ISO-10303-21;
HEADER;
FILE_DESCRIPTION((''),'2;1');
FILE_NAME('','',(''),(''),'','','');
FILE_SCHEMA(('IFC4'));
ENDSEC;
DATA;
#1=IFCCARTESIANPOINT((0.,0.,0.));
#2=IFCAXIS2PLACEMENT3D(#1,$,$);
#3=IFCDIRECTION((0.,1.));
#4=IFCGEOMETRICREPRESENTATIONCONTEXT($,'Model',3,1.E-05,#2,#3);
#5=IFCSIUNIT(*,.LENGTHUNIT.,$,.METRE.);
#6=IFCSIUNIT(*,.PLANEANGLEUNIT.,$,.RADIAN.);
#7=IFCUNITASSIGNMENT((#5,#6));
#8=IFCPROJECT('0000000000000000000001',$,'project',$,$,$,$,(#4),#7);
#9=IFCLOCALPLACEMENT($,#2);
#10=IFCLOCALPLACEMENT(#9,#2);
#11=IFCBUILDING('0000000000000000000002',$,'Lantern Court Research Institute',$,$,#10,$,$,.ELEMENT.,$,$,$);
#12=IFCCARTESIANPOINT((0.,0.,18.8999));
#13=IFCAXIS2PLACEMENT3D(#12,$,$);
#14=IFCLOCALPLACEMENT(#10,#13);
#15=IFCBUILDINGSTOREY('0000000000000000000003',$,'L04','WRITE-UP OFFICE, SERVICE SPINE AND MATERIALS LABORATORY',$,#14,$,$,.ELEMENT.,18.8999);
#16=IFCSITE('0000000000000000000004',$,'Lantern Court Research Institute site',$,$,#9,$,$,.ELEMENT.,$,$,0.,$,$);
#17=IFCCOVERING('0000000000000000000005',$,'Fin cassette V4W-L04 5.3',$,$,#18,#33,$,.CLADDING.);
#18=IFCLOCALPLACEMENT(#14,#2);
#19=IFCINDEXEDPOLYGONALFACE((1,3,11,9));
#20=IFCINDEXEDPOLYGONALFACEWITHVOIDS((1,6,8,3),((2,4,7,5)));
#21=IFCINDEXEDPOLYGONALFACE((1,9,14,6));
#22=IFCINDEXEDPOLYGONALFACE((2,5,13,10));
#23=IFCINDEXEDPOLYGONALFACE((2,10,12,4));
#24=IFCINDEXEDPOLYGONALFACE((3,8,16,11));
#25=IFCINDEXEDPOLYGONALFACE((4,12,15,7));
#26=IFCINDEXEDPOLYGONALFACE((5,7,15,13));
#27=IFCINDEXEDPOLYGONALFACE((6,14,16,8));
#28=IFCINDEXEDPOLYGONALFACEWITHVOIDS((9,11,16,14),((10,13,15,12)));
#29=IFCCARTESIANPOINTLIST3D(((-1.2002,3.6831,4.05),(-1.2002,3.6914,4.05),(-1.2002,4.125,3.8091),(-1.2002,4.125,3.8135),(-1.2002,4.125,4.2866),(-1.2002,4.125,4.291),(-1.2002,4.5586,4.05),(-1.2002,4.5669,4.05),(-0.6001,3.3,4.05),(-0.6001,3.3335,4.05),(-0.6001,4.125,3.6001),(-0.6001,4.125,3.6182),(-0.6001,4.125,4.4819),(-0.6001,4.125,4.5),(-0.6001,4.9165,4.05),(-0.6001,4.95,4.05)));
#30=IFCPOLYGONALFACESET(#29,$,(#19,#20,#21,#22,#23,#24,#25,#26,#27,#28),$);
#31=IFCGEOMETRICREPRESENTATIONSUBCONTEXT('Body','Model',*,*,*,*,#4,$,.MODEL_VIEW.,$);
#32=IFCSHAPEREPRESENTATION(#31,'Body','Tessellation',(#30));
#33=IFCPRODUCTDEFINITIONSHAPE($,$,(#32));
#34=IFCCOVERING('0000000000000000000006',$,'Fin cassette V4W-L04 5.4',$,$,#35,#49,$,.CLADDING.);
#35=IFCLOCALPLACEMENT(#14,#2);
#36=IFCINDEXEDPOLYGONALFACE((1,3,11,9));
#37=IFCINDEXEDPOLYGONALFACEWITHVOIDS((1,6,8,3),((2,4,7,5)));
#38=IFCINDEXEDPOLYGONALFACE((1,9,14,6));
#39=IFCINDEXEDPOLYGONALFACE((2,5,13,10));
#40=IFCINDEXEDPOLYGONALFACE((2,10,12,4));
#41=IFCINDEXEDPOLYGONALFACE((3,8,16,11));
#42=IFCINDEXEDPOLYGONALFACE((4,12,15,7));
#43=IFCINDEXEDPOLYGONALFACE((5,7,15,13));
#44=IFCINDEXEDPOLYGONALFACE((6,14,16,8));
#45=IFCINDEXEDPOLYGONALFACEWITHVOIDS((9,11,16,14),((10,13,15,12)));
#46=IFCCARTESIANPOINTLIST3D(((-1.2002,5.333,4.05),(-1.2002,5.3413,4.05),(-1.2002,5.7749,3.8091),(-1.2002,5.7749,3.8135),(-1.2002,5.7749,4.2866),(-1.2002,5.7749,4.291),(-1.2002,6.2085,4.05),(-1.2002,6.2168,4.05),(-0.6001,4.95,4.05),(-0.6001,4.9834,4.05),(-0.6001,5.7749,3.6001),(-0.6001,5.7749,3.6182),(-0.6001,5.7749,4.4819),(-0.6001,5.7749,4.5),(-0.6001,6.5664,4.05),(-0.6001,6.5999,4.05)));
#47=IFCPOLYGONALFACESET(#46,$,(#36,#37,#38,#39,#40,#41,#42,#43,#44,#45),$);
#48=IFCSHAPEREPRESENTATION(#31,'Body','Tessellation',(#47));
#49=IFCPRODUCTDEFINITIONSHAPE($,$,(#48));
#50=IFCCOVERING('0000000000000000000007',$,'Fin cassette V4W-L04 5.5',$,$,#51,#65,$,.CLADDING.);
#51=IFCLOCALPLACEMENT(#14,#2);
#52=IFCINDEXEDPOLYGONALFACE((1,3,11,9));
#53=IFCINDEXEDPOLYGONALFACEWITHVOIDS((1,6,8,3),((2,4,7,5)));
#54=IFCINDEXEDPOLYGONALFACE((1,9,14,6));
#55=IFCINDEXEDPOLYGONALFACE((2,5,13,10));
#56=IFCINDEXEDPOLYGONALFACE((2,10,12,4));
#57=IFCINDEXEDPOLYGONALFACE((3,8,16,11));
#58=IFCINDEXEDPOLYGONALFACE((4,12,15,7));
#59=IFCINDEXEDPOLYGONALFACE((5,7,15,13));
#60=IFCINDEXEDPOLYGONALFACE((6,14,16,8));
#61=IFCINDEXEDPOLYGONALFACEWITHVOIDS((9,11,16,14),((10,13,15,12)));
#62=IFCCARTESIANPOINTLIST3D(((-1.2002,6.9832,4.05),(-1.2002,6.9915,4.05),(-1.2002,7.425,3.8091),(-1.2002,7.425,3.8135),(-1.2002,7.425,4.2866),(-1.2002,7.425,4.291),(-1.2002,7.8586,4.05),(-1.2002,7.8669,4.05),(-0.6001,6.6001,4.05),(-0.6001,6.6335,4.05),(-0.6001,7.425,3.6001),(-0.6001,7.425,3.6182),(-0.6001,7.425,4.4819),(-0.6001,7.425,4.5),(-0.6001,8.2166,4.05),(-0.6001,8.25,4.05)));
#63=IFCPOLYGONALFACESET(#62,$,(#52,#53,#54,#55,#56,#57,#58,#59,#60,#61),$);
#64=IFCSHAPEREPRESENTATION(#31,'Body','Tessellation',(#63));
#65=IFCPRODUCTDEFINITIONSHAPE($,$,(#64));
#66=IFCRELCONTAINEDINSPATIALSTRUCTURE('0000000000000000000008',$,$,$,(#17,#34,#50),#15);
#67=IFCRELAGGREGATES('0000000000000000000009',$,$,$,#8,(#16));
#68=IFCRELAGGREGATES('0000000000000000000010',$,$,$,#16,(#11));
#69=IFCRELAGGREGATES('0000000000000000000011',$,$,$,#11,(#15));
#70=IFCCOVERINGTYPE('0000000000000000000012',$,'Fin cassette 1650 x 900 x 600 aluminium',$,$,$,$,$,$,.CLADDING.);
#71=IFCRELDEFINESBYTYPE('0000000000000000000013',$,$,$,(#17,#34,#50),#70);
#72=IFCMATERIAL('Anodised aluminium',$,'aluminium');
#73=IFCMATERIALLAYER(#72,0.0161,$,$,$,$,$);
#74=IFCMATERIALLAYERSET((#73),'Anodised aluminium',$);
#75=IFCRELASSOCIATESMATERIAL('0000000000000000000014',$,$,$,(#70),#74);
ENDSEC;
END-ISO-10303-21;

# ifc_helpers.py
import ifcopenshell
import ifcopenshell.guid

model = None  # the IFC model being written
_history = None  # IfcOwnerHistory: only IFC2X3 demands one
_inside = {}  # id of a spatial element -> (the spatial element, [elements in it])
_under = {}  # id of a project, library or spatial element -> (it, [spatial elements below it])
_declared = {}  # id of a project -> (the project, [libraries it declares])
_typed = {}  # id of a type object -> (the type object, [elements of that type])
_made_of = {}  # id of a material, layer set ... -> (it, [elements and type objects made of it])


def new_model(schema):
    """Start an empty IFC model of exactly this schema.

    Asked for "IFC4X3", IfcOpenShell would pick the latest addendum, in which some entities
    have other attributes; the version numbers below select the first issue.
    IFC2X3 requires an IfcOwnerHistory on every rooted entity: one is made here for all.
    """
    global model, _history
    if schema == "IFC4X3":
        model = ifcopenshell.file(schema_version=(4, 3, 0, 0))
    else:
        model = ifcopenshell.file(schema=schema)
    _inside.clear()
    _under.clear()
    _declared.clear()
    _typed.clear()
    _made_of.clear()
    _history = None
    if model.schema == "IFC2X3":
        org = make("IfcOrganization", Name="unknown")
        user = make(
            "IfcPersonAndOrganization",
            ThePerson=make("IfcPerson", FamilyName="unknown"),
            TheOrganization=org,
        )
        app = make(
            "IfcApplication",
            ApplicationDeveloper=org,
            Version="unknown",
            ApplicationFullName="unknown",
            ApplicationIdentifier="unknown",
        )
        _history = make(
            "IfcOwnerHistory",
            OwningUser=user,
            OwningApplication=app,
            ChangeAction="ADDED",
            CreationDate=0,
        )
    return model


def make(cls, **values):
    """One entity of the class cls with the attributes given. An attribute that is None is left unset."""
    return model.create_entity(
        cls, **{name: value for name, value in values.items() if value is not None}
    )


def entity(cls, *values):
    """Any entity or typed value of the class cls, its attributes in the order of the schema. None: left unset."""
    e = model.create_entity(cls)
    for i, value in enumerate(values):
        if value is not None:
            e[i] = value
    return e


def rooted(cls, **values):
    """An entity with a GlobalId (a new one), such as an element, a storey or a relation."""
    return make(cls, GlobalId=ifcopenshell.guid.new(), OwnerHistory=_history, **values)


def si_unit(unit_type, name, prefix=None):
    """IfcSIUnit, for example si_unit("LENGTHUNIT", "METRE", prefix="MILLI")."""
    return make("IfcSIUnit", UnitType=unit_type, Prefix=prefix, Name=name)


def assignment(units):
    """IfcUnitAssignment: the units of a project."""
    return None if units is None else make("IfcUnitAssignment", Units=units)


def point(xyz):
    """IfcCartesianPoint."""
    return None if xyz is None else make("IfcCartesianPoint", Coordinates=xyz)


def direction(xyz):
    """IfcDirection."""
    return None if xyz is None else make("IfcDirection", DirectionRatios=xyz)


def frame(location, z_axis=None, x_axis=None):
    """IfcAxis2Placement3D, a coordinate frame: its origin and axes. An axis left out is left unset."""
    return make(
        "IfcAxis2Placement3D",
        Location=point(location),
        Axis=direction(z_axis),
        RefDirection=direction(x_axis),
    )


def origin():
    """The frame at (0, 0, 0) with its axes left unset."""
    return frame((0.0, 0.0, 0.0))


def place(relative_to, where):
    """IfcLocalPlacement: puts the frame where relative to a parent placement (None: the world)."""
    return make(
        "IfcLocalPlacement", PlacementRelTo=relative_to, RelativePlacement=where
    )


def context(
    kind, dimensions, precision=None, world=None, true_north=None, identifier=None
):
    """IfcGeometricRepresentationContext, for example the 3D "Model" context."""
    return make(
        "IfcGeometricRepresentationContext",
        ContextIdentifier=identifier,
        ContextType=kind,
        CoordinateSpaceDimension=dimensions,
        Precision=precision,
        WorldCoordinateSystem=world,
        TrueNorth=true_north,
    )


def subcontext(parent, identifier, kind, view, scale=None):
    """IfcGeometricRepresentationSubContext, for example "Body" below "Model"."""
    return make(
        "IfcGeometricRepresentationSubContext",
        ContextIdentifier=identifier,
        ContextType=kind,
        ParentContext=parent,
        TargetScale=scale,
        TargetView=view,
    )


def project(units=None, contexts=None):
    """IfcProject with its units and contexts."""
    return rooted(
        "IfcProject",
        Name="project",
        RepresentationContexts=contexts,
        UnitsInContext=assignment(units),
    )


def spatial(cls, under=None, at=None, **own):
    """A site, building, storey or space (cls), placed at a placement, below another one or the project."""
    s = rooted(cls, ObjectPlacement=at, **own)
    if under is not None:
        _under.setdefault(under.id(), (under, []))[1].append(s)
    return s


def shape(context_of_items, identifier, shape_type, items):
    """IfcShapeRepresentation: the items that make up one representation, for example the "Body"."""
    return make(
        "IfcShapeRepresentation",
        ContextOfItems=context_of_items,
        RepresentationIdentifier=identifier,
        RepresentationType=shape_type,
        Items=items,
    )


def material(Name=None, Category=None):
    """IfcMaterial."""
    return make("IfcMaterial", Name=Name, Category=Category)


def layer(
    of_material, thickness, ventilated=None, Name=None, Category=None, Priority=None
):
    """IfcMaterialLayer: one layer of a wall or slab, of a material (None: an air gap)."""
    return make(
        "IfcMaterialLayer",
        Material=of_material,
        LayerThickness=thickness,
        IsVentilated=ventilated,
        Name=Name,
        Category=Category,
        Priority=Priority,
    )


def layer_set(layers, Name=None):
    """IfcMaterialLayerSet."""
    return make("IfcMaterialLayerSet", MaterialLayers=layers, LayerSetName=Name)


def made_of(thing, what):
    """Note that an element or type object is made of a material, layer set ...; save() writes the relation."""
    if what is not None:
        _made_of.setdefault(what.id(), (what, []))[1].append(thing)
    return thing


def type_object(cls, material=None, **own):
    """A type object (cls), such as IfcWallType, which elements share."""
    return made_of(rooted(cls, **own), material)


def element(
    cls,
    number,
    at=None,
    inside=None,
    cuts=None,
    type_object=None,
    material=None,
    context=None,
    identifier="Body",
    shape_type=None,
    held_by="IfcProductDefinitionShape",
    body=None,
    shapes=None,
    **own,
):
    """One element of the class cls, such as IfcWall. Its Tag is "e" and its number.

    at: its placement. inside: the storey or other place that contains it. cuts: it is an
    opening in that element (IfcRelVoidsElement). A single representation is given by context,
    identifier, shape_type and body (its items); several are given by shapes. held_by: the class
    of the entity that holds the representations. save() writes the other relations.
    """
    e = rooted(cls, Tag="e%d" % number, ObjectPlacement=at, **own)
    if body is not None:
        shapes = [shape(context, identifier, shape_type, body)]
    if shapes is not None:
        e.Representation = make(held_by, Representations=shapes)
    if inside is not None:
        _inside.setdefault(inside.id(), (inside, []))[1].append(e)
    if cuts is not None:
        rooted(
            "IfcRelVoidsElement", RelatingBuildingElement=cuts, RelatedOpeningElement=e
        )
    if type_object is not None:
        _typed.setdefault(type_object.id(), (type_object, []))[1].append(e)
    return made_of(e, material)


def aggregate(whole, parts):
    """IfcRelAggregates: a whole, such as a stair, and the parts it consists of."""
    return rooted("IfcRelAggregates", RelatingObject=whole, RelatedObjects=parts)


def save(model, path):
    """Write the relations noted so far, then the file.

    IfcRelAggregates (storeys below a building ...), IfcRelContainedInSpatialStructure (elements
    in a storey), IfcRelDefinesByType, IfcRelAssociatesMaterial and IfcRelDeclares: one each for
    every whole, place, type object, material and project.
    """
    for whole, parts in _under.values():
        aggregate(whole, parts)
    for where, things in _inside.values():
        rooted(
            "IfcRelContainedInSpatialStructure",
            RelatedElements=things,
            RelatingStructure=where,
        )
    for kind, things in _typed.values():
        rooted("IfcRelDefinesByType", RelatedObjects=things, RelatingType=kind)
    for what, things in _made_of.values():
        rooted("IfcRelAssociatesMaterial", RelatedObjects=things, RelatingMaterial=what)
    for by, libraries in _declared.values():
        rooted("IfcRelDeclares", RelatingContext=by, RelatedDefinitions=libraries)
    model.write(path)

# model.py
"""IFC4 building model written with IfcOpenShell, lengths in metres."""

from ifc_helpers import new_model, entity, si_unit, direction, frame, origin, place, context, subcontext, project, spatial, material, layer, layer_set, type_object, element, save


model = new_model("IFC4")

# Units and contexts
model_context = context("Model", 3, precision=1e-05, world=origin(), true_north=direction((0.0, 1.0)))
body_context = subcontext(model_context, "Body", "Model", "MODEL_VIEW")
ifc_project = project(units=[si_unit("LENGTHUNIT", "METRE"), si_unit("PLANEANGLEUNIT", "RADIAN")], contexts=[model_context])

# Site, building, storey
site_placement = place(None, origin())
site = spatial("IfcSite", under=ifc_project, at=site_placement, Name="Lantern Court Research Institute site", CompositionType="ELEMENT", RefElevation=0.0)
building_placement = place(site_placement, origin())
building = spatial("IfcBuilding", under=site, at=building_placement, Name="Lantern Court Research Institute", CompositionType="ELEMENT")
storey_placement = place(building_placement, frame((0.0, 0.0, 18.8999)))
storey = spatial("IfcBuildingStorey", under=building, at=storey_placement, Name="L04", Description="WRITE-UP OFFICE, SERVICE SPINE AND MATERIALS LABORATORY", CompositionType="ELEMENT", Elevation=18.8999)

# Coverings
ifc_material_1 = material(Name="Anodised aluminium", Category="aluminium")
ifc_layer_1 = layer(ifc_material_1, 0.0161)
ifc_layer_set_1 = layer_set([ifc_layer_1], Name="Anodised aluminium")
covering_type = type_object("IfcCoveringType", Name="Fin cassette 1650 x 900 x 600 aluminium", PredefinedType="CLADDING", material=ifc_layer_set_1)
covering_1_placement = place(storey_placement, frame((-0.6001, 4.125, 4.05), z_axis=(-1.0, 0.0, 0.0), x_axis=(0.0, -1.0, 0.0)))
cartesian_point_1 = entity("IfcCartesianPoint", [0.825, 0.0])
cartesian_point_2 = entity("IfcCartesianPoint", [0.7915, 0.0])
cartesian_point_3 = entity("IfcCartesianPoint", [0.4419, 0.0])
cartesian_point_4 = entity("IfcCartesianPoint", [0.4336, 0.0])
element("IfcCovering", 1, at=covering_1_placement, inside=storey, type_object=covering_type, Name="Fin cassette V4W-L04 5.3", PredefinedType="CLADDING", context=body_context, shape_type="SweptSolid", body=[
    entity("IfcExtrudedAreaSolidTapered", entity("IfcArbitraryProfileDefWithVoids", "AREA", None, entity("IfcPolyline", [cartesian_point_1, entity("IfcCartesianPoint", [0.0, 0.45]), entity("IfcCartesianPoint", [-0.825, 0.0]), entity("IfcCartesianPoint", [0.0, -0.45]), cartesian_point_1]), [entity("IfcPolyline", [cartesian_point_2, entity("IfcCartesianPoint", [0.0, 0.4319]), entity("IfcCartesianPoint", [-0.7915, 0.0]), entity("IfcCartesianPoint", [0.0, -0.4319]), cartesian_point_2])]), entity("IfcAxis2Placement3D", entity("IfcCartesianPoint", [0.0, 0.0, 0.0])), entity("IfcDirection", [0.0, 0.0, 1.0]), 0.6001, entity("IfcArbitraryProfileDefWithVoids", "AREA", None, entity("IfcPolyline", [cartesian_point_3, entity("IfcCartesianPoint", [0.0, 0.241]), entity("IfcCartesianPoint", [-0.4419, 0.0]), entity("IfcCartesianPoint", [0.0, -0.241]), cartesian_point_3]), [entity("IfcPolyline", [cartesian_point_4, entity("IfcCartesianPoint", [0.0, 0.2366]), entity("IfcCartesianPoint", [-0.4336, 0.0]), entity("IfcCartesianPoint", [0.0, -0.2366]), cartesian_point_4])])),
])
covering_2_placement = place(storey_placement, frame((-0.6001, 5.7749, 4.05), z_axis=(-1.0, 0.0, 0.0), x_axis=(0.0, -1.0, 0.0)))
cartesian_point_5 = entity("IfcCartesianPoint", [0.825, 0.0])
cartesian_point_6 = entity("IfcCartesianPoint", [0.7915, 0.0])
cartesian_point_7 = entity("IfcCartesianPoint", [0.4419, 0.0])
cartesian_point_8 = entity("IfcCartesianPoint", [0.4336, 0.0])
element("IfcCovering", 2, at=covering_2_placement, inside=storey, type_object=covering_type, Name="Fin cassette V4W-L04 5.4", PredefinedType="CLADDING", context=body_context, shape_type="SweptSolid", body=[
    entity("IfcExtrudedAreaSolidTapered", entity("IfcArbitraryProfileDefWithVoids", "AREA", None, entity("IfcPolyline", [cartesian_point_5, entity("IfcCartesianPoint", [0.0, 0.45]), entity("IfcCartesianPoint", [-0.825, 0.0]), entity("IfcCartesianPoint", [0.0, -0.45]), cartesian_point_5]), [entity("IfcPolyline", [cartesian_point_6, entity("IfcCartesianPoint", [0.0, 0.4319]), entity("IfcCartesianPoint", [-0.7915, 0.0]), entity("IfcCartesianPoint", [0.0, -0.4319]), cartesian_point_6])]), entity("IfcAxis2Placement3D", entity("IfcCartesianPoint", [0.0, 0.0, 0.0])), entity("IfcDirection", [0.0, 0.0, 1.0]), 0.6001, entity("IfcArbitraryProfileDefWithVoids", "AREA", None, entity("IfcPolyline", [cartesian_point_7, entity("IfcCartesianPoint", [0.0, 0.241]), entity("IfcCartesianPoint", [-0.4419, 0.0]), entity("IfcCartesianPoint", [0.0, -0.241]), cartesian_point_7]), [entity("IfcPolyline", [cartesian_point_8, entity("IfcCartesianPoint", [0.0, 0.2366]), entity("IfcCartesianPoint", [-0.4336, 0.0]), entity("IfcCartesianPoint", [0.0, -0.2366]), cartesian_point_8])])),
])
covering_3_placement = place(storey_placement, frame((-0.6001, 7.425, 4.05), z_axis=(-1.0, 0.0, 0.0), x_axis=(0.0, -1.0, 0.0)))
cartesian_point_9 = entity("IfcCartesianPoint", [0.825, 0.0])
cartesian_point_10 = entity("IfcCartesianPoint", [0.7915, 0.0])
cartesian_point_11 = entity("IfcCartesianPoint", [0.4419, 0.0])
cartesian_point_12 = entity("IfcCartesianPoint", [0.4336, 0.0])
element("IfcCovering", 3, at=covering_3_placement, inside=storey, type_object=covering_type, Name="Fin cassette V4W-L04 5.5", PredefinedType="CLADDING", context=body_context, shape_type="SweptSolid", body=[
    entity("IfcExtrudedAreaSolidTapered", entity("IfcArbitraryProfileDefWithVoids", "AREA", None, entity("IfcPolyline", [cartesian_point_9, entity("IfcCartesianPoint", [0.0, 0.45]), entity("IfcCartesianPoint", [-0.825, 0.0]), entity("IfcCartesianPoint", [0.0, -0.45]), cartesian_point_9]), [entity("IfcPolyline", [cartesian_point_10, entity("IfcCartesianPoint", [0.0, 0.4319]), entity("IfcCartesianPoint", [-0.7915, 0.0]), entity("IfcCartesianPoint", [0.0, -0.4319]), cartesian_point_10])]), entity("IfcAxis2Placement3D", entity("IfcCartesianPoint", [0.0, 0.0, 0.0])), entity("IfcDirection", [0.0, 0.0, 1.0]), 0.6001, entity("IfcArbitraryProfileDefWithVoids", "AREA", None, entity("IfcPolyline", [cartesian_point_11, entity("IfcCartesianPoint", [0.0, 0.241]), entity("IfcCartesianPoint", [-0.4419, 0.0]), entity("IfcCartesianPoint", [0.0, -0.241]), cartesian_point_11]), [entity("IfcPolyline", [cartesian_point_12, entity("IfcCartesianPoint", [0.0, 0.2366]), entity("IfcCartesianPoint", [-0.4336, 0.0]), entity("IfcCartesianPoint", [0.0, -0.2366]), cartesian_point_12])])),
])

save(model, "model.ifc")
